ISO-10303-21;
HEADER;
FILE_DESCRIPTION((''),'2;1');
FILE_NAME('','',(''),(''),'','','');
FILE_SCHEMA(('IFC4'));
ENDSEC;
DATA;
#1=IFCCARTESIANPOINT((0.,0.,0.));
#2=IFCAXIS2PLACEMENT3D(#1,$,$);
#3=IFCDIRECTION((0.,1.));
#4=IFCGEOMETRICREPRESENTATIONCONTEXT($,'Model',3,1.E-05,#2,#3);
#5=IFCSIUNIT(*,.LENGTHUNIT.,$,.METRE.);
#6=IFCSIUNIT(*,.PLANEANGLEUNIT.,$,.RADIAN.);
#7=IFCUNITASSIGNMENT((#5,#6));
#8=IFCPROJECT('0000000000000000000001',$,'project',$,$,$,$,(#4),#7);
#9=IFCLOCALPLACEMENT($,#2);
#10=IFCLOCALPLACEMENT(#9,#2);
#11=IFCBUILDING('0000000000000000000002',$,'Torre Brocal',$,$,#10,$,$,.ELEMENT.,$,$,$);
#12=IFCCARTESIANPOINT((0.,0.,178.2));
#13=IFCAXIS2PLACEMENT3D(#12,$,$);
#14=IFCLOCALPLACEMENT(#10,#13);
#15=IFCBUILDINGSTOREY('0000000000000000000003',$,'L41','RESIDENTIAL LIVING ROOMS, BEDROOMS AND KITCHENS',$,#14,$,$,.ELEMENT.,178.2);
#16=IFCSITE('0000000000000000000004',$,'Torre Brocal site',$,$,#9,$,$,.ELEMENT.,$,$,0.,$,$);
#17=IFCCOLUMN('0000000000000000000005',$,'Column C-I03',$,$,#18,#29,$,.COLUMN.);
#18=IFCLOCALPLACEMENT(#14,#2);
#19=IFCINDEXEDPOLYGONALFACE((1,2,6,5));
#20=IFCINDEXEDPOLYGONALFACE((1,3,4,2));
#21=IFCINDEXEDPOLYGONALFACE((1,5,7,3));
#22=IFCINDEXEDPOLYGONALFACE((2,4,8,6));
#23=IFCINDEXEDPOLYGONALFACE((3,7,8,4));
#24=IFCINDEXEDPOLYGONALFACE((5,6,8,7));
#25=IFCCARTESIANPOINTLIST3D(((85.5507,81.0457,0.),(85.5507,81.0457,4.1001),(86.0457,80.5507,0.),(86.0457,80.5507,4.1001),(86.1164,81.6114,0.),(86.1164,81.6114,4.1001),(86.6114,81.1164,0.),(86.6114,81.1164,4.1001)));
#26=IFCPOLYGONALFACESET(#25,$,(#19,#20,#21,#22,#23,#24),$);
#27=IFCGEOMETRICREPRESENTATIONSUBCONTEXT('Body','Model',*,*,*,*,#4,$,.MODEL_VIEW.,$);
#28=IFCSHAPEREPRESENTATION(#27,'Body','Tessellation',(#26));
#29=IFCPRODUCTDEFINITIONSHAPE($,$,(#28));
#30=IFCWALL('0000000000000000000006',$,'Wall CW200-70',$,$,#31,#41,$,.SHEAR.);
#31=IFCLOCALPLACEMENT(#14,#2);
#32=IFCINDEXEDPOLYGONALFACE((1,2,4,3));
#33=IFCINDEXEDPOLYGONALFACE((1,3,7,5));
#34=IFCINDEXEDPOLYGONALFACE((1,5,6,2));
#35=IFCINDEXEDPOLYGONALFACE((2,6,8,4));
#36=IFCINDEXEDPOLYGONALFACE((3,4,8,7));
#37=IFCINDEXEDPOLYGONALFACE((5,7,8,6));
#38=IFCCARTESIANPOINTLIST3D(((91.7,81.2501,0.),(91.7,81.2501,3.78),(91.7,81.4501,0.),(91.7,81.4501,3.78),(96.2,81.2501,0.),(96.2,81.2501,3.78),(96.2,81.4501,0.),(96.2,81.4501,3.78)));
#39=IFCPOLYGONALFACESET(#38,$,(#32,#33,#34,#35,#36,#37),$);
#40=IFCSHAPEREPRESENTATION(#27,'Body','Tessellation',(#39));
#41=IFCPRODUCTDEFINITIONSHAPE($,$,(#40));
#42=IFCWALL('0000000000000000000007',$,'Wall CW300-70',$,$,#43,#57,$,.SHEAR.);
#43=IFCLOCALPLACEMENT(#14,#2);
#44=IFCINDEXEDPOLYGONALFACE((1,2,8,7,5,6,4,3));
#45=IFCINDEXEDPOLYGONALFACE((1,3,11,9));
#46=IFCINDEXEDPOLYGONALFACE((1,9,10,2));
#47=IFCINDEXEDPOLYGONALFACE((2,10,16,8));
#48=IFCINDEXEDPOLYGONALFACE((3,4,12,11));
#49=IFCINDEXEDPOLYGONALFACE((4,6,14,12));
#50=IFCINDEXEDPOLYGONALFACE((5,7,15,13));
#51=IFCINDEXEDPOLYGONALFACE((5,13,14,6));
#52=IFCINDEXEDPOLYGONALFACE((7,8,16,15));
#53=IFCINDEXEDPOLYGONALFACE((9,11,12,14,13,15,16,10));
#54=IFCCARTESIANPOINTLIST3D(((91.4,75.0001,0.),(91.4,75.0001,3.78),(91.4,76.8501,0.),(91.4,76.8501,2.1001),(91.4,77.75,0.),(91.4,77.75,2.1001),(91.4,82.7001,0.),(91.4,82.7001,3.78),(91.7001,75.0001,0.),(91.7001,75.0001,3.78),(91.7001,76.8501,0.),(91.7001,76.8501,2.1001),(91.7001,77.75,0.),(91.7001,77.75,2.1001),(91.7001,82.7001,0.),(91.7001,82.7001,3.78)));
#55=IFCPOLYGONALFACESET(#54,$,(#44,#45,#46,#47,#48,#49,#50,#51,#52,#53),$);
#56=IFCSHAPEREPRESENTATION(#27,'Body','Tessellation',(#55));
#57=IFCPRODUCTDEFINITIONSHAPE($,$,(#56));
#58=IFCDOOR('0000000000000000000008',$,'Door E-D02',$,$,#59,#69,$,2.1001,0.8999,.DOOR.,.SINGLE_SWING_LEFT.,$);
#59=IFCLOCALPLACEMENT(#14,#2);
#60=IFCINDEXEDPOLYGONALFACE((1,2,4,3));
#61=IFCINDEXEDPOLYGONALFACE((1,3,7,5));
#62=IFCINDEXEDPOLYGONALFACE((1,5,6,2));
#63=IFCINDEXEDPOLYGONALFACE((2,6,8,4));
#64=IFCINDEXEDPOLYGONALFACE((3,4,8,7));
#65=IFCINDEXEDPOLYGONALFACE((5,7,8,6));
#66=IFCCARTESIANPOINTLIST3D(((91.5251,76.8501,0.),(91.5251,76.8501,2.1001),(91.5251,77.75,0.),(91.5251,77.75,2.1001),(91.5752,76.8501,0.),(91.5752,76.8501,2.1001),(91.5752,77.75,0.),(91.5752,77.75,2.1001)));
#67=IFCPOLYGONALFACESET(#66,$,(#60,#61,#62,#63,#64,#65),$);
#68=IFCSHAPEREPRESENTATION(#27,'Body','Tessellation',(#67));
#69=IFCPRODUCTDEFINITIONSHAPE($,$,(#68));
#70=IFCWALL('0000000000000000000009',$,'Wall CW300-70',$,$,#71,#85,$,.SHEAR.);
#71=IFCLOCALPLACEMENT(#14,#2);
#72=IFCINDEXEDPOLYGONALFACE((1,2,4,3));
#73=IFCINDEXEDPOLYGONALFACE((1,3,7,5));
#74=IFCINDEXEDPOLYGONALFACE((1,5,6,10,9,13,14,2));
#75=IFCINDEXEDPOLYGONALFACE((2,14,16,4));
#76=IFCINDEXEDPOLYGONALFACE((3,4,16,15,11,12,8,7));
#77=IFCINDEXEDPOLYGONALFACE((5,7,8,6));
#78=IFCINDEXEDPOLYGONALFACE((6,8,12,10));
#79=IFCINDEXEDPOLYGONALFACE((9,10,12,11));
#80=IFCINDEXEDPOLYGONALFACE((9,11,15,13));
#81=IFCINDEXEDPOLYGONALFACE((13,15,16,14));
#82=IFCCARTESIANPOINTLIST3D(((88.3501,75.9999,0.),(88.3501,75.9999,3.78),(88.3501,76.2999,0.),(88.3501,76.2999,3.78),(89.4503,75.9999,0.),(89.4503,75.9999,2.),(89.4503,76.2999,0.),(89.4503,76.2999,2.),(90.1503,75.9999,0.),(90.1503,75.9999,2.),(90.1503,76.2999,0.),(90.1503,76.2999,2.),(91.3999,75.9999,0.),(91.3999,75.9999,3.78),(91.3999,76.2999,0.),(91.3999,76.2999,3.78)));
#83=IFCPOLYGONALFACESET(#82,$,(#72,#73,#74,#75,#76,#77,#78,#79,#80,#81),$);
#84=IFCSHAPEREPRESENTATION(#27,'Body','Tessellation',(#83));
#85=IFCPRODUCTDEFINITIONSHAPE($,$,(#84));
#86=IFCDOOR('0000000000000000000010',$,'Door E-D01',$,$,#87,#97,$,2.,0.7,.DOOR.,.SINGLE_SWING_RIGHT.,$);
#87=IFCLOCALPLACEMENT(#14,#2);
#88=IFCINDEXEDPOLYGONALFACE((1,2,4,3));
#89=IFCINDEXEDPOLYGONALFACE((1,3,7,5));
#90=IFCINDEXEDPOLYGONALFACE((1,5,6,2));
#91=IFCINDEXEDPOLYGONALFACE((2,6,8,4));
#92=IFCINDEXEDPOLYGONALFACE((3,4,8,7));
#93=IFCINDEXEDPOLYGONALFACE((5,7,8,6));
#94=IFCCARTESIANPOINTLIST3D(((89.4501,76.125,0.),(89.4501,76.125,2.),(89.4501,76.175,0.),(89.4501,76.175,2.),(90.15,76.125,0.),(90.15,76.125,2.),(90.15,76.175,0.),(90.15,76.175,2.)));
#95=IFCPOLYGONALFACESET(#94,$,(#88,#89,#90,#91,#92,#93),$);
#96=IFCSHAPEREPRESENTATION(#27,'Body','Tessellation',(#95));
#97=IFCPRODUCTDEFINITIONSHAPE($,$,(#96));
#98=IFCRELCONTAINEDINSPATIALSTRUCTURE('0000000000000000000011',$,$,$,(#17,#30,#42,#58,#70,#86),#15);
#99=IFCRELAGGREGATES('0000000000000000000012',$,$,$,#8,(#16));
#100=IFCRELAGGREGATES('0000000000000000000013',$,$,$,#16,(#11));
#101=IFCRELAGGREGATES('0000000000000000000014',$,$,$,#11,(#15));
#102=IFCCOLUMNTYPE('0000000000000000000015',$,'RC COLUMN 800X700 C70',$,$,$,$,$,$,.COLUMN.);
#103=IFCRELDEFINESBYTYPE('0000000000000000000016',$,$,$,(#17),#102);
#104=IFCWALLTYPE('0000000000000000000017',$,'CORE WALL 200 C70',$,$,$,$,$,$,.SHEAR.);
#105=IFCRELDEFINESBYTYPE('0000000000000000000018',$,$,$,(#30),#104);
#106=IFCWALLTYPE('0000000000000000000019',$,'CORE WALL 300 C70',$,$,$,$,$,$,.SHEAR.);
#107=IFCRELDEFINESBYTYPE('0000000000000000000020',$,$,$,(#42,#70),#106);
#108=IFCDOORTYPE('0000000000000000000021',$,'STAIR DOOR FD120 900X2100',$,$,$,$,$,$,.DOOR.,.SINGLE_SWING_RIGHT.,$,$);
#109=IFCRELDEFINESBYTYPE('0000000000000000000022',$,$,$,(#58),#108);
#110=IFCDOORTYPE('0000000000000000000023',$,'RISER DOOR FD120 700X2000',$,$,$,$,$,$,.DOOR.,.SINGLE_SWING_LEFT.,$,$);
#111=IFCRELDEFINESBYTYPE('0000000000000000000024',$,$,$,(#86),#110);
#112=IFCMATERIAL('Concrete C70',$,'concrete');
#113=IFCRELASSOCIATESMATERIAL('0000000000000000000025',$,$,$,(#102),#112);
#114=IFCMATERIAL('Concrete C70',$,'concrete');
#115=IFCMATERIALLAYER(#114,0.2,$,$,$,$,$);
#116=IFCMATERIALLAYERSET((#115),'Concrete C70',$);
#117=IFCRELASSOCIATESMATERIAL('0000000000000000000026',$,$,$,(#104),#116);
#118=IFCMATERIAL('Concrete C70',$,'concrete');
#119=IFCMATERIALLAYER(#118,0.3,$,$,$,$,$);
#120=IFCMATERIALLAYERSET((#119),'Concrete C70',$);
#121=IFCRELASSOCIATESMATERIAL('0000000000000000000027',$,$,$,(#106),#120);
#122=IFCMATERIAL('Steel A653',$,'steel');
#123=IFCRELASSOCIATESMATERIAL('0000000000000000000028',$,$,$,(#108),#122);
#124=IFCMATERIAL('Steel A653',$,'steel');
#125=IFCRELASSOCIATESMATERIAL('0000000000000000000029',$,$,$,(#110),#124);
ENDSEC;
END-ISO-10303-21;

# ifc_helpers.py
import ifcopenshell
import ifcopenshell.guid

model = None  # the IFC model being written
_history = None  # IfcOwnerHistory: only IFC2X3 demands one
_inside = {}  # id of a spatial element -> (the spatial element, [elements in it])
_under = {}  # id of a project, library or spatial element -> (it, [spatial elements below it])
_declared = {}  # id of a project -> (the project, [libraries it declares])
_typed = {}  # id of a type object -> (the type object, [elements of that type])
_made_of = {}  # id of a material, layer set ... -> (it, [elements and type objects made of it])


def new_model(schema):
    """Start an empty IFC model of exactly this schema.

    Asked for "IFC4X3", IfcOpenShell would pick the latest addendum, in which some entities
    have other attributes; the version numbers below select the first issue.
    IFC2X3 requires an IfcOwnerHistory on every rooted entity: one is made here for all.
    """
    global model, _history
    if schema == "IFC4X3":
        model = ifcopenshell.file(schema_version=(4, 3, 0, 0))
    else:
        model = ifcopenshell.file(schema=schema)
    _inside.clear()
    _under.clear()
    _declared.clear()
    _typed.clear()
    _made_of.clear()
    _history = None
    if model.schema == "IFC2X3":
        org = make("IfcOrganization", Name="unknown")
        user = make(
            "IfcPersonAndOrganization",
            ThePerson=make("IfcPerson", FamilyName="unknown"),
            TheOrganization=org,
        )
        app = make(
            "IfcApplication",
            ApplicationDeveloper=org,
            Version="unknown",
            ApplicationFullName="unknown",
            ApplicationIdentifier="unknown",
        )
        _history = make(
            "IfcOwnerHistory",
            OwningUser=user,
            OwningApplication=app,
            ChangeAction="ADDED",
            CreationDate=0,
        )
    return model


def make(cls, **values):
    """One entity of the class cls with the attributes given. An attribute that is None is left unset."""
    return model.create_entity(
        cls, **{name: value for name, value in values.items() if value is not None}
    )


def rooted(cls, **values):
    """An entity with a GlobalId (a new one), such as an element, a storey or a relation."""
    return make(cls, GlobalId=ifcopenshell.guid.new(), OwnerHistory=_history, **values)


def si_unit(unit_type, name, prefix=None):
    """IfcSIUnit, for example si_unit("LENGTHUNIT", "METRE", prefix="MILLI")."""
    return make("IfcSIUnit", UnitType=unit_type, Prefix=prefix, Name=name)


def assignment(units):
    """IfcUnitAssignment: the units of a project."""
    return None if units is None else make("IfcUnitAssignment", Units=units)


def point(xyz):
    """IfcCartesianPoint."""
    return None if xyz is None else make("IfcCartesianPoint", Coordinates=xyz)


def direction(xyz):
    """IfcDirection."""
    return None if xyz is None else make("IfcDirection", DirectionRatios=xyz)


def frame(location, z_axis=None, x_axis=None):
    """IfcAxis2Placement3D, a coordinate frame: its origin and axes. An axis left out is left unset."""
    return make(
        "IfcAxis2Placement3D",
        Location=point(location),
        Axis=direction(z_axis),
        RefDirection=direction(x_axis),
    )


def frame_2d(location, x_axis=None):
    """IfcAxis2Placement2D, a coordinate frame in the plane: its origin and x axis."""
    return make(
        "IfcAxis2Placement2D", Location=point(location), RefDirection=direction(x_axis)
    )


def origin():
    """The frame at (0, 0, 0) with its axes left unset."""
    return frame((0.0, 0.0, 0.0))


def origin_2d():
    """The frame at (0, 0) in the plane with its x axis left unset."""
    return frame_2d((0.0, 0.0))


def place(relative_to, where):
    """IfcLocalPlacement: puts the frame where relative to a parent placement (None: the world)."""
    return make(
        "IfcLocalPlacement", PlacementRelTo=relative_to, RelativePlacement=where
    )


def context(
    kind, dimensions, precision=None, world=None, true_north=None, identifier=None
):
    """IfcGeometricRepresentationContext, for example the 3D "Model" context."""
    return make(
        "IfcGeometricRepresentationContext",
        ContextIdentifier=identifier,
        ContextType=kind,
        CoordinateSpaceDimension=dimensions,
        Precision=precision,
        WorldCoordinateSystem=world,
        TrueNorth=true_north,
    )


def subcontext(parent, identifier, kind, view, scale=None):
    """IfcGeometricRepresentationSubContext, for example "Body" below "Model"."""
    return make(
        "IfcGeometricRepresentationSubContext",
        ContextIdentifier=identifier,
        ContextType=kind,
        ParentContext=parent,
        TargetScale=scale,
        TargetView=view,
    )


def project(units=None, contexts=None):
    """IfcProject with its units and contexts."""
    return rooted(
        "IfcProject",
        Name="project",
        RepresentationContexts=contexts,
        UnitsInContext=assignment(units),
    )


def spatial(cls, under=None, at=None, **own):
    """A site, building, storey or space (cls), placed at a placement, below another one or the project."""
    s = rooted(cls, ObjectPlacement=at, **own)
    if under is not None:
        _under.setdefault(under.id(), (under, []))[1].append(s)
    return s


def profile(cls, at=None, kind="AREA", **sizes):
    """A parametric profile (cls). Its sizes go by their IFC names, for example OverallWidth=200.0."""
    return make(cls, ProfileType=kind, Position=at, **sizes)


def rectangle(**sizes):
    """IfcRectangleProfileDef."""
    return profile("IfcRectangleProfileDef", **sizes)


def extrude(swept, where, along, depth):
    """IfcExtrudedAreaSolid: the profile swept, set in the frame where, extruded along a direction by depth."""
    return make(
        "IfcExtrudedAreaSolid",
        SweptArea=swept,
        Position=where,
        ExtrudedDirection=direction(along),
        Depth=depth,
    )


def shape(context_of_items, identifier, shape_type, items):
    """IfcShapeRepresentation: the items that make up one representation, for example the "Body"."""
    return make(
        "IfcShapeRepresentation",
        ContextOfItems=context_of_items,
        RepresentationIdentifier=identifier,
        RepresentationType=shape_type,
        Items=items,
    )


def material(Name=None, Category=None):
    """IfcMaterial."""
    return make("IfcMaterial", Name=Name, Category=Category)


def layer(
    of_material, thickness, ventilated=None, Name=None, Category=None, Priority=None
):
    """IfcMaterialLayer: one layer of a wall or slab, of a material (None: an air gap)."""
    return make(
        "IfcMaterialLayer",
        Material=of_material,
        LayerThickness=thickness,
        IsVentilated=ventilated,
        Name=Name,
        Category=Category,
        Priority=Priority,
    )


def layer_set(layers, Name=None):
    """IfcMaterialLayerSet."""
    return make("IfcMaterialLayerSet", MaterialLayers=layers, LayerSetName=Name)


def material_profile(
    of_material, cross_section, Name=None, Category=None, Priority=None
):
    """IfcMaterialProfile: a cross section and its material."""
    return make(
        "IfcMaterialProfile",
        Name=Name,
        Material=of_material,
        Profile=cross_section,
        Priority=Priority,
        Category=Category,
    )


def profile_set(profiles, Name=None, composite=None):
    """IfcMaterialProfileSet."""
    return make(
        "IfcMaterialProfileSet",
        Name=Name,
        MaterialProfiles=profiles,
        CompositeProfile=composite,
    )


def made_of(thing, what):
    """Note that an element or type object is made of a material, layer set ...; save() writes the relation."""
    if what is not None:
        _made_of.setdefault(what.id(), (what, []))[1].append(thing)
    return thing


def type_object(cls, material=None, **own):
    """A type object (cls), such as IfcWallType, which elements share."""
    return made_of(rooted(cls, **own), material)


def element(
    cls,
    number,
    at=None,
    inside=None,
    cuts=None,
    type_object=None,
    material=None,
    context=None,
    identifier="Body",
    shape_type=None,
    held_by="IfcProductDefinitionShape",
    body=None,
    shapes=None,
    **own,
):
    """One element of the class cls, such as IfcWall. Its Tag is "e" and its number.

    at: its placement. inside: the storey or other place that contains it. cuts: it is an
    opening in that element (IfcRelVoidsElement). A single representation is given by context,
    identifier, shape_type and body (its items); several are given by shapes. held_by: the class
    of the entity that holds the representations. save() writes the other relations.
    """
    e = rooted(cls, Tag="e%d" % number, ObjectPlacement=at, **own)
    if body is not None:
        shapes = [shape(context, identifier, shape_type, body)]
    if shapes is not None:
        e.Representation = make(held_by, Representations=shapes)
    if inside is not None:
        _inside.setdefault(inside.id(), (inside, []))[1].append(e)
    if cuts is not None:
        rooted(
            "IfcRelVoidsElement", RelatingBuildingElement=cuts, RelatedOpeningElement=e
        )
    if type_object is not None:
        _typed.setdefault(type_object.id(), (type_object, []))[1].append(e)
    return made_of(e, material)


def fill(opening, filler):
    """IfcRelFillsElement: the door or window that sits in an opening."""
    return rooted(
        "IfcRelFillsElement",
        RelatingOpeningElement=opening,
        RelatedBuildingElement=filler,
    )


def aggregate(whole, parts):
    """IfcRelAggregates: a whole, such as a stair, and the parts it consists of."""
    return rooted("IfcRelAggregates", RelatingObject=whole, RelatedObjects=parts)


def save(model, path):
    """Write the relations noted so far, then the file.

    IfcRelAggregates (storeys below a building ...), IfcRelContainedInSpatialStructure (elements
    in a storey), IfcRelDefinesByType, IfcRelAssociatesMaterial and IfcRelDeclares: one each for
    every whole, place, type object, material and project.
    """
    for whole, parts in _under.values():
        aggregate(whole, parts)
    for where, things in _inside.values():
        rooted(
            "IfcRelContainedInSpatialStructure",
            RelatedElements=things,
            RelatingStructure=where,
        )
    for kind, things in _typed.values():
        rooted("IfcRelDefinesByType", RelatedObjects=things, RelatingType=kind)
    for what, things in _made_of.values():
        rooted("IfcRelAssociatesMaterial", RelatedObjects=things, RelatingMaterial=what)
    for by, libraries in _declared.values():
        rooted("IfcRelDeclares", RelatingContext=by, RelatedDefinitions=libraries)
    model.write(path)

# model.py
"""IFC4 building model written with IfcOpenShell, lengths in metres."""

from ifc_helpers import new_model, si_unit, direction, frame, frame_2d, origin, origin_2d, place, context, subcontext, project, spatial, rectangle, extrude, material, layer, layer_set, material_profile, profile_set, type_object, element, fill, save


model = new_model("IFC4")

# Units and contexts
model_context = context("Model", 3, precision=1e-05, world=origin(), true_north=direction((0.0, 1.0)))
body_context = subcontext(model_context, "Body", "Model", "MODEL_VIEW")
ifc_project = project(units=[si_unit("LENGTHUNIT", "METRE"), si_unit("PLANEANGLEUNIT", "RADIAN")], contexts=[model_context])

# Site, building, storey
site_placement = place(None, origin())
site = spatial("IfcSite", under=ifc_project, at=site_placement, Name="Torre Brocal site", CompositionType="ELEMENT", RefElevation=0.0)
building_placement = place(site_placement, origin())
building = spatial("IfcBuilding", under=site, at=building_placement, Name="Torre Brocal", CompositionType="ELEMENT")
storey_placement = place(building_placement, frame((0.0, 0.0, 178.2)))
storey = spatial("IfcBuildingStorey", under=building, at=storey_placement, Name="L41", Description="RESIDENTIAL LIVING ROOMS, BEDROOMS AND KITCHENS", CompositionType="ELEMENT", Elevation=178.2)

# Column
ifc_material_1 = material(Name="Concrete C70", Category="concrete")
ifc_material_profile = material_profile(ifc_material_1, rectangle(XDim=0.8, YDim=0.7, at=origin_2d()), Name="RC 800X700")
ifc_profile_set = profile_set([ifc_material_profile], Name="Concrete C70")
column_type = type_object("IfcColumnType", Name="RC COLUMN 800X700 C70", PredefinedType="COLUMN", material=ifc_profile_set)
column_placement = place(storey_placement, frame((86.0811, 81.0811, 0.0), z_axis=(0.0, 0.0, 1.0), x_axis=(0.707107, 0.707107, 0.0)))
element("IfcColumn", 1, at=column_placement, inside=storey, type_object=column_type, Name="Column C-I03", PredefinedType="COLUMN", context=body_context, shape_type="SweptSolid", body=[
    extrude(rectangle(XDim=0.8, YDim=0.7, at=origin_2d()), origin(), (0.0, 0.0, 1.0), 4.1001),
])

# Wall
ifc_material_2 = material(Name="Concrete C70", Category="concrete")
ifc_layer_1 = layer(ifc_material_2, 0.2)
ifc_layer_set_1 = layer_set([ifc_layer_1], Name="Concrete C70")
wall_type_1 = type_object("IfcWallType", Name="CORE WALL 200 C70", PredefinedType="SHEAR", material=ifc_layer_set_1)
wall_1_placement = place(storey_placement, frame((91.7, 81.3501, 0.0), z_axis=(0.0, 0.0, 1.0), x_axis=(1.0, 0.0, 0.0)))
element("IfcWall", 2, at=wall_1_placement, inside=storey, type_object=wall_type_1, Name="Wall CW200-70", PredefinedType="SHEAR", context=body_context, shape_type="SweptSolid", body=[
    extrude(rectangle(XDim=4.5, YDim=0.2, at=frame_2d((2.25, 0.0))), origin(), (0.0, 0.0, 1.0), 3.78),
])

# Walls, openings, doors
ifc_material_3 = material(Name="Concrete C70", Category="concrete")
ifc_layer_2 = layer(ifc_material_3, 0.3)
ifc_layer_set_2 = layer_set([ifc_layer_2], Name="Concrete C70")
wall_type_2 = type_object("IfcWallType", Name="CORE WALL 300 C70", PredefinedType="SHEAR", material=ifc_layer_set_2)
wall_2_placement = place(storey_placement, frame((91.55, 75.0, 0.0), z_axis=(0.0, 0.0, 1.0), x_axis=(0.0, 1.0, 0.0)))
wall_2 = element("IfcWall", 3, at=wall_2_placement, inside=storey, type_object=wall_type_2, Name="Wall CW300-70", PredefinedType="SHEAR", context=body_context, shape_type="SweptSolid", body=[
    extrude(rectangle(XDim=7.7, YDim=0.3, at=frame_2d((3.8501, 0.0))), origin(), (0.0, 0.0, 1.0), 3.78),
])
opening_1_placement = place(wall_2_placement, frame((1.8501, 0.0, 0.0)))
opening_1 = element("IfcOpeningElement", 4, at=opening_1_placement, cuts=wall_2, PredefinedType="OPENING", context=body_context, shape_type="SweptSolid", body=[
    extrude(rectangle(XDim=0.8999, YDim=2.1001, at=frame_2d((0.45, 1.05))), frame((0.0, 0.1599, 0.0), z_axis=(0.0, -1.0, 0.0), x_axis=(1.0, 0.0, 0.0)), (0.0, 0.0, 1.0), 0.3201),
])
ifc_material_4 = material(Name="Steel A653", Category="steel")
door_type_1 = type_object("IfcDoorType", Name="STAIR DOOR FD120 900X2100", OperationType="SINGLE_SWING_RIGHT", PredefinedType="DOOR", material=ifc_material_4)
door_1_placement = place(opening_1_placement, origin())
door_1 = element("IfcDoor", 5, at=door_1_placement, inside=storey, type_object=door_type_1, Name="Door E-D02", OperationType="SINGLE_SWING_LEFT", OverallHeight=2.1001, OverallWidth=0.8999, PredefinedType="DOOR", context=body_context, shape_type="SweptSolid", body=[
    extrude(rectangle(XDim=0.8999, YDim=2.1001, at=frame_2d((0.45, 1.05))), frame((0.0, 0.0249, 0.0), z_axis=(0.0, -1.0, 0.0), x_axis=(1.0, 0.0, 0.0)), (0.0, 0.0, 1.0), 0.05),
])
fill(opening_1, door_1)
wall_3_placement = place(storey_placement, frame((88.3501, 76.1499, 0.0), z_axis=(0.0, 0.0, 1.0), x_axis=(1.0, 0.0, 0.0)))
wall_3 = element("IfcWall", 6, at=wall_3_placement, inside=storey, type_object=wall_type_2, Name="Wall CW300-70", PredefinedType="SHEAR", context=body_context, shape_type="SweptSolid", body=[
    extrude(rectangle(XDim=3.0498, YDim=0.3, at=frame_2d((1.5249, 0.0))), origin(), (0.0, 0.0, 1.0), 3.78),
])
opening_2_placement = place(wall_3_placement, frame((1.1001, 0.0, 0.0)))
opening_2 = element("IfcOpeningElement", 7, at=opening_2_placement, cuts=wall_3, PredefinedType="OPENING", context=body_context, shape_type="SweptSolid", body=[
    extrude(rectangle(XDim=0.7, YDim=2.0, at=frame_2d((0.3501, 1.0))), frame((0.0, 0.1599, 0.0), z_axis=(0.0, -1.0, 0.0), x_axis=(1.0, 0.0, 0.0)), (0.0, 0.0, 1.0), 0.3201),
])
ifc_material_5 = material(Name="Steel A653", Category="steel")
door_type_2 = type_object("IfcDoorType", Name="RISER DOOR FD120 700X2000", OperationType="SINGLE_SWING_LEFT", PredefinedType="DOOR", material=ifc_material_5)
door_2_placement = place(opening_2_placement, frame((0.7, 0.0, 0.0), z_axis=(0.0, 0.0, 1.0), x_axis=(-1.0, 0.0, 0.0)))
door_2 = element("IfcDoor", 8, at=door_2_placement, inside=storey, type_object=door_type_2, Name="Door E-D01", OperationType="SINGLE_SWING_RIGHT", OverallHeight=2.0, OverallWidth=0.7, PredefinedType="DOOR", context=body_context, shape_type="SweptSolid", body=[
    extrude(rectangle(XDim=0.7, YDim=2.0, at=frame_2d((0.3501, 1.0))), frame((0.0, 0.0249, 0.0), z_axis=(0.0, -1.0, 0.0), x_axis=(1.0, 0.0, 0.0)), (0.0, 0.0, 1.0), 0.05),
])
fill(opening_2, door_2)

save(model, "model.ifc")
